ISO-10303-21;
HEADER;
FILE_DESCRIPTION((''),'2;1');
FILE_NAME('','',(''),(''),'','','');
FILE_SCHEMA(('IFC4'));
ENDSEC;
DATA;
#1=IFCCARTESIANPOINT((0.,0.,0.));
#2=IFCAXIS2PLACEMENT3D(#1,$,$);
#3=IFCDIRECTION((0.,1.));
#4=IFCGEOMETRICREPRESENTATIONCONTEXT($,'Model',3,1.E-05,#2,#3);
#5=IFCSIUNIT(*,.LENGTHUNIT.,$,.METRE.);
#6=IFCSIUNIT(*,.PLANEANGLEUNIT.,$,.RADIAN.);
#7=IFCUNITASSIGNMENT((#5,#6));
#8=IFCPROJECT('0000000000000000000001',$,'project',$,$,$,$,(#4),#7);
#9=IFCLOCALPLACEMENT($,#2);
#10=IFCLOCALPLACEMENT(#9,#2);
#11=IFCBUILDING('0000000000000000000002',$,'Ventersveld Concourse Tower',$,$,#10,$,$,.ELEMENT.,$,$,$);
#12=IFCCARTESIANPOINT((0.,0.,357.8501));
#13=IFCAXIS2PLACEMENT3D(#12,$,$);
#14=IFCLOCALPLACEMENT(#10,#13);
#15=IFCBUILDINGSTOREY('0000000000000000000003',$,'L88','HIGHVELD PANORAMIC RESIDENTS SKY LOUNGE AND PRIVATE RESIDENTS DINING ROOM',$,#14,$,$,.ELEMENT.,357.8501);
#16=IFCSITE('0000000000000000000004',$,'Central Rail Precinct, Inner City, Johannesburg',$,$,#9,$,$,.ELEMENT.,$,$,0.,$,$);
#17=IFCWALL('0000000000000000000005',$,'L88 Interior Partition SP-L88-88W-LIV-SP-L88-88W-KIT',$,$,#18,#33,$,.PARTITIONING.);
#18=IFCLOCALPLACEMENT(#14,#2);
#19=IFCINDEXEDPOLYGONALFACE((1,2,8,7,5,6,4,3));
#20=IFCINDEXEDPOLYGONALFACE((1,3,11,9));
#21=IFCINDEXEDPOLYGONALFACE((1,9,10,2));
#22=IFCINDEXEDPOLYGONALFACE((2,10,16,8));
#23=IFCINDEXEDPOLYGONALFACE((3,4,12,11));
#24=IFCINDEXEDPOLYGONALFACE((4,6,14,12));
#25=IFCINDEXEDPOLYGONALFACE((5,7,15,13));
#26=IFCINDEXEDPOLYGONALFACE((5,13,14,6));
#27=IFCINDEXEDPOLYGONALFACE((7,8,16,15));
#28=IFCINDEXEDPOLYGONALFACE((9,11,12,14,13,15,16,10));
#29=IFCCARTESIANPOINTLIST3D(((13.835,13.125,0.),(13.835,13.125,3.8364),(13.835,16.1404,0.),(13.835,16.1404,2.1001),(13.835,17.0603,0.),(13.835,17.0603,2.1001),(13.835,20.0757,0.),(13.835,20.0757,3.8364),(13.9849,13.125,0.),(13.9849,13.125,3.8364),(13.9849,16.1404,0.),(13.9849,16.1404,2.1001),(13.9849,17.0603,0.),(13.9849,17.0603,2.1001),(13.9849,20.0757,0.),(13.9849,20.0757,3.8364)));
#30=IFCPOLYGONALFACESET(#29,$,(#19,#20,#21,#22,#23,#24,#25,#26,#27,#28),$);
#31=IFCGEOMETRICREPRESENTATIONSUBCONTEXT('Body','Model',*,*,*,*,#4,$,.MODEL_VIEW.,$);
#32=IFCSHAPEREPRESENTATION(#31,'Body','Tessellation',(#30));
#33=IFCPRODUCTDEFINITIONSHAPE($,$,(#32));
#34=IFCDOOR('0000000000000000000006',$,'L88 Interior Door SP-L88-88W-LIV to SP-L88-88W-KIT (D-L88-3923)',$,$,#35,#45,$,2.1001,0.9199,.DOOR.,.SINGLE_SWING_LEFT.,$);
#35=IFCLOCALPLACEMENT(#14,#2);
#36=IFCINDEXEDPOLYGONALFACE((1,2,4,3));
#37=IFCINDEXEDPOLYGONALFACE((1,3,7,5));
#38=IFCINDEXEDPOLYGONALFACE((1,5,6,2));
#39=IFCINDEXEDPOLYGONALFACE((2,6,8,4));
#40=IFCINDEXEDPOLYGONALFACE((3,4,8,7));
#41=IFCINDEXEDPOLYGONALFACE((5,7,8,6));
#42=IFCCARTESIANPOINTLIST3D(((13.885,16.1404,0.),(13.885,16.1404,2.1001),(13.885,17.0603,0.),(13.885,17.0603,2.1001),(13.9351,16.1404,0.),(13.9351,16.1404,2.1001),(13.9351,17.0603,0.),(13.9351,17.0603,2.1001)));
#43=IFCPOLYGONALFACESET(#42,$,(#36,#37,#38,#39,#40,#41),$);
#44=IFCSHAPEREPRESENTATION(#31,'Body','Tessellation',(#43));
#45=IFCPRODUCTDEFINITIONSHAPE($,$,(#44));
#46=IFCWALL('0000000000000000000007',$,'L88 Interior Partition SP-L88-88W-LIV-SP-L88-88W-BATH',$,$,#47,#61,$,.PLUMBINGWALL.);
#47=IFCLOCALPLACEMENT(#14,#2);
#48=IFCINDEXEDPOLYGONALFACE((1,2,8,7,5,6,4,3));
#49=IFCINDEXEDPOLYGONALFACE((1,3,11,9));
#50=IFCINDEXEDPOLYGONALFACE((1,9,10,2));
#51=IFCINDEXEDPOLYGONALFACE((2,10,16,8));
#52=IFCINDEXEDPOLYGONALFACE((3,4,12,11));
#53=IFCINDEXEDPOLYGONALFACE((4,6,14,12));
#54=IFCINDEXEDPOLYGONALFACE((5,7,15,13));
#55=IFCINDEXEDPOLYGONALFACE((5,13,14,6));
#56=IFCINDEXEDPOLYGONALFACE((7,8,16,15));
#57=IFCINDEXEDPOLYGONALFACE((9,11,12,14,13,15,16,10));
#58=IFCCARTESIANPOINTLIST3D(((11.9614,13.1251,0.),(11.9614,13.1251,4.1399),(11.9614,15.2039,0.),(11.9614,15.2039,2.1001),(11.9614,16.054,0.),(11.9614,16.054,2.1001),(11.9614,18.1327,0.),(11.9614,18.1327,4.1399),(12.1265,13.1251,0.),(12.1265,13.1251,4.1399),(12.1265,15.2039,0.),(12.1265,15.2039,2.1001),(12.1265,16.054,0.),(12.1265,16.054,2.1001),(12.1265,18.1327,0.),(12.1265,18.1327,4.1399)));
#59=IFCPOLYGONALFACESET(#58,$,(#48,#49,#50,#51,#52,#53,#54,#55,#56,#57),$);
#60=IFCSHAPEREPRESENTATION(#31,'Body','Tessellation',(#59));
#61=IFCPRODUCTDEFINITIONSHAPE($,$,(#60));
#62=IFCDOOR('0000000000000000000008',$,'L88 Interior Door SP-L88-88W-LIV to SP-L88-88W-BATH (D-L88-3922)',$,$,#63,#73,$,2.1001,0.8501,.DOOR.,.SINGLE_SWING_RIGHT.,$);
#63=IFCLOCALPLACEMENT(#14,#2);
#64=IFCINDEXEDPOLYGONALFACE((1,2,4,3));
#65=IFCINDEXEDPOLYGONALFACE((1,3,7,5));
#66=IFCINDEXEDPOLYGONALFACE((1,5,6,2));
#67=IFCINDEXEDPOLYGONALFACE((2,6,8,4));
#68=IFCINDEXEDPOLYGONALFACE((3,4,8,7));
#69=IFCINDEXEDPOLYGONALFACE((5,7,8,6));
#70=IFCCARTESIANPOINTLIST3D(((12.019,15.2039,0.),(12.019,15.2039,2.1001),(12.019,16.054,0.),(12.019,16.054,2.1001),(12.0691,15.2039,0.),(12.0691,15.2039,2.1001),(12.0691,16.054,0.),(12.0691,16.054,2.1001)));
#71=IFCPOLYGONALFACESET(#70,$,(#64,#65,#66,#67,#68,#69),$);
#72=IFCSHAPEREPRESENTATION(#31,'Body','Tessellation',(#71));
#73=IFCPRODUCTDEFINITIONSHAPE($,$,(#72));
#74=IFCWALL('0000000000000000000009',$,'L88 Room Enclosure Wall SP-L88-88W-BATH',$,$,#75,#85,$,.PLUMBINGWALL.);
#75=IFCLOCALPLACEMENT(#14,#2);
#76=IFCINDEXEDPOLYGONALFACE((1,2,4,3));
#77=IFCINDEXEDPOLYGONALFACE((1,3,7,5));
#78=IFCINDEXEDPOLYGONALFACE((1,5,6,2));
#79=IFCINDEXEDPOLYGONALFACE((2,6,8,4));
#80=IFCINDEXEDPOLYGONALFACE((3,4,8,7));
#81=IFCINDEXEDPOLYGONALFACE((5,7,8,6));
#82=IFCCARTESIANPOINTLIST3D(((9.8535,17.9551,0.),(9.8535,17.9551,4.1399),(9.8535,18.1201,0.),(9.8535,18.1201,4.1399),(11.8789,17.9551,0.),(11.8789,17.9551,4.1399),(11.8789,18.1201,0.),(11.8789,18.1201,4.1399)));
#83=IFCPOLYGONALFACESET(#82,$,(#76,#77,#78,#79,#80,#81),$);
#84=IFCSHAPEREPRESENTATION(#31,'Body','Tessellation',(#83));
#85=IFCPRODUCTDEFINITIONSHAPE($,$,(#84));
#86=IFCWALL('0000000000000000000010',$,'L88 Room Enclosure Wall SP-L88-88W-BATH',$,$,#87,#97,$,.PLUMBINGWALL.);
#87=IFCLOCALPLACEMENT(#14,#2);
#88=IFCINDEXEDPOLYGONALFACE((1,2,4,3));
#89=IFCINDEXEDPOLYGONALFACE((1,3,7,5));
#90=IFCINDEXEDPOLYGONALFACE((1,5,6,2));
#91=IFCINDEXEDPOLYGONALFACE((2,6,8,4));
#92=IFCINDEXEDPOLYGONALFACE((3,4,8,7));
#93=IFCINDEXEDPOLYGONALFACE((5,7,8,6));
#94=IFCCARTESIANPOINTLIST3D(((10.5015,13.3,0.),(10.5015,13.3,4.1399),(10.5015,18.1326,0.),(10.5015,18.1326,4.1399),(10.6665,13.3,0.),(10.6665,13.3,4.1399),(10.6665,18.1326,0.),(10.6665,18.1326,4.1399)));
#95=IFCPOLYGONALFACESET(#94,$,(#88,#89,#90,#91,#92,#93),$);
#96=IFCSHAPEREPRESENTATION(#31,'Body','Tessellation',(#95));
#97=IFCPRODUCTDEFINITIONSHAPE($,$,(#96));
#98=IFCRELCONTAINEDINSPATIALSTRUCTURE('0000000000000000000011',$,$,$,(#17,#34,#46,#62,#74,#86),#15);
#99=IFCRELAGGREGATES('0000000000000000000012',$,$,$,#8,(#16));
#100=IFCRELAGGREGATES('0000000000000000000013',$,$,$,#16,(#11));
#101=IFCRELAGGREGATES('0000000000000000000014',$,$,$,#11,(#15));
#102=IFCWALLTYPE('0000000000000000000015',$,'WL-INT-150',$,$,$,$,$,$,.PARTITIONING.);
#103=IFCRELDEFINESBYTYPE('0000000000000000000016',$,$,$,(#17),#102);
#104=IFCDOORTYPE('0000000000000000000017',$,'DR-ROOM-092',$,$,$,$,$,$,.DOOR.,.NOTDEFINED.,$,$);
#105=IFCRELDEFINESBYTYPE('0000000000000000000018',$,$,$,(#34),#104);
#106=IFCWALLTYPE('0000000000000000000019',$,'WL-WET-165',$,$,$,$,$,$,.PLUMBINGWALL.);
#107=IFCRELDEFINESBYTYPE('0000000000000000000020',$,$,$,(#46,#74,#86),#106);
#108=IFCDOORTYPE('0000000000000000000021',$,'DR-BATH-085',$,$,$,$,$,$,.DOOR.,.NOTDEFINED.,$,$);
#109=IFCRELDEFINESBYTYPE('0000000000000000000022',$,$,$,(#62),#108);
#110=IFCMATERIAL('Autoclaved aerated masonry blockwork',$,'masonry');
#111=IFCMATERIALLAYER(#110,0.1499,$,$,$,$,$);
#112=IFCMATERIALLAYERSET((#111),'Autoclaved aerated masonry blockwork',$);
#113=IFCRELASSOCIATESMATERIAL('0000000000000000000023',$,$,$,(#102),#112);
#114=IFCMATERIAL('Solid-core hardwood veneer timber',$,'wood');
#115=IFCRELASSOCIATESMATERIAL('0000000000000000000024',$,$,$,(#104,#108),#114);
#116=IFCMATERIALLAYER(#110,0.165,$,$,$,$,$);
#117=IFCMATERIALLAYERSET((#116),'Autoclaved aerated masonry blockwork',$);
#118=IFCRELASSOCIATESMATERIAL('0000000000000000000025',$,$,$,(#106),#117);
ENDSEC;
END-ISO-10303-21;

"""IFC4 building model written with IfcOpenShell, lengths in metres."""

from ifc_helpers import new_model, si_unit, direction, frame, frame_2d, origin, place, context, subcontext, project, spatial, rectangle, extrude, material, layer, layer_set, type_object, element, fill, save


model = new_model("IFC4")

# Units and contexts
model_context = context("Model", 3, precision=1e-05, world=origin(), true_north=direction((0.0, 1.0)))
body_context = subcontext(model_context, "Body", "Model", "MODEL_VIEW")
ifc_project = project(units=[si_unit("LENGTHUNIT", "METRE"), si_unit("PLANEANGLEUNIT", "RADIAN")], contexts=[model_context])

# Site, building, storey
site_placement = place(None, origin())
site = spatial("IfcSite", under=ifc_project, at=site_placement, Name="Central Rail Precinct, Inner City, Johannesburg", CompositionType="ELEMENT", RefElevation=0.0)
building_placement = place(site_placement, origin())
building = spatial("IfcBuilding", under=site, at=building_placement, Name="Ventersveld Concourse Tower", CompositionType="ELEMENT")
storey_placement = place(building_placement, frame((0.0, 0.0, 357.8501)))
storey = spatial("IfcBuildingStorey", under=building, at=storey_placement, Name="L88", Description="HIGHVELD PANORAMIC RESIDENTS SKY LOUNGE AND PRIVATE RESIDENTS DINING ROOM", CompositionType="ELEMENT", Elevation=357.8501)

# Shared definitions
ifc_material_1 = material(Name="Solid-core hardwood veneer timber", Category="wood")

# Walls, openings, doors
ifc_material_2 = material(Name="Autoclaved aerated masonry blockwork", Category="masonry")
ifc_layer_1 = layer(ifc_material_2, 0.1499)
ifc_layer_set_1 = layer_set([ifc_layer_1], Name="Autoclaved aerated masonry blockwork")
wall_type_1 = type_object("IfcWallType", Name="WL-INT-150", PredefinedType="PARTITIONING", material=ifc_layer_set_1)
wall_1_placement = place(storey_placement, frame((13.9099, 13.125, 0.0), z_axis=(0.0, 0.0, 1.0), x_axis=(0.0, 1.0, 0.0)))
wall_1 = element("IfcWall", 1, at=wall_1_placement, inside=storey, type_object=wall_type_1, Name="L88 Interior Partition SP-L88-88W-LIV-SP-L88-88W-KIT", PredefinedType="PARTITIONING", context=body_context, shape_type="SweptSolid", body=[
    extrude(rectangle(XDim=6.9507, YDim=0.1499, at=frame_2d((3.4753, 0.0))), origin(), (0.0, 0.0, 1.0), 3.8364),
])
opening_1_placement = place(wall_1_placement, frame((3.0154, 0.0, 0.0)))
opening_1 = element("IfcOpeningElement", 2, at=opening_1_placement, cuts=wall_1, PredefinedType="OPENING", context=body_context, shape_type="SweptSolid", body=[
    extrude(rectangle(XDim=0.9199, YDim=2.1001, at=frame_2d((0.46, 1.05))), frame((0.0, 0.085, 0.0), z_axis=(0.0, -1.0, 0.0), x_axis=(1.0, 0.0, 0.0)), (0.0, 0.0, 1.0), 0.1699),
])
door_type_1 = type_object("IfcDoorType", Name="DR-ROOM-092", OperationType="NOTDEFINED", PredefinedType="DOOR", material=ifc_material_1)
door_1_placement = place(opening_1_placement, origin())
door_1 = element("IfcDoor", 3, at=door_1_placement, inside=storey, type_object=door_type_1, Name="L88 Interior Door SP-L88-88W-LIV to SP-L88-88W-KIT (D-L88-3923)", OperationType="SINGLE_SWING_LEFT", OverallHeight=2.1001, OverallWidth=0.9199, PredefinedType="DOOR", context=body_context, shape_type="SweptSolid", body=[
    extrude(rectangle(XDim=0.9199, YDim=2.1001, at=frame_2d((0.46, 1.05))), frame((0.0, 0.0249, 0.0), z_axis=(0.0, -1.0, 0.0), x_axis=(1.0, 0.0, 0.0)), (0.0, 0.0, 1.0), 0.05),
])
fill(opening_1, door_1)
ifc_layer_2 = layer(ifc_material_2, 0.165)
ifc_layer_set_2 = layer_set([ifc_layer_2], Name="Autoclaved aerated masonry blockwork")
wall_type_2 = type_object("IfcWallType", Name="WL-WET-165", PredefinedType="PLUMBINGWALL", material=ifc_layer_set_2)
wall_2_placement = place(storey_placement, frame((12.0439, 13.125, 0.0), z_axis=(0.0, 0.0, 1.0), x_axis=(0.0, 1.0, 0.0)))
wall_2 = element("IfcWall", 4, at=wall_2_placement, inside=storey, type_object=wall_type_2, Name="L88 Interior Partition SP-L88-88W-LIV-SP-L88-88W-BATH", PredefinedType="PLUMBINGWALL", context=body_context, shape_type="SweptSolid", body=[
    extrude(rectangle(XDim=5.0076, YDim=0.165, at=frame_2d((2.5039, 0.0))), origin(), (0.0, 0.0, 1.0), 4.1399),
])
opening_2_placement = place(wall_2_placement, frame((2.0789, 0.0, 0.0)))
opening_2 = element("IfcOpeningElement", 5, at=opening_2_placement, cuts=wall_2, PredefinedType="OPENING", context=body_context, shape_type="SweptSolid", body=[
    extrude(rectangle(XDim=0.8501, YDim=2.1001, at=frame_2d((0.425, 1.05))), frame((0.0, 0.0925, 0.0), z_axis=(0.0, -1.0, 0.0), x_axis=(1.0, 0.0, 0.0)), (0.0, 0.0, 1.0), 0.1851),
])
door_type_2 = type_object("IfcDoorType", Name="DR-BATH-085", OperationType="NOTDEFINED", PredefinedType="DOOR", material=ifc_material_1)
door_2_placement = place(opening_2_placement, origin())
door_2 = element("IfcDoor", 6, at=door_2_placement, inside=storey, type_object=door_type_2, Name="L88 Interior Door SP-L88-88W-LIV to SP-L88-88W-BATH (D-L88-3922)", OperationType="SINGLE_SWING_RIGHT", OverallHeight=2.1001, OverallWidth=0.8501, PredefinedType="DOOR", context=body_context, shape_type="SweptSolid", body=[
    extrude(rectangle(XDim=0.8501, YDim=2.1001, at=frame_2d((0.425, 1.05))), frame((0.0, 0.0249, 0.0), z_axis=(0.0, -1.0, 0.0), x_axis=(1.0, 0.0, 0.0)), (0.0, 0.0, 1.0), 0.05),
])
fill(opening_2, door_2)

# Walls
wall_3_placement = place(storey_placement, frame((9.8535, 18.0376, 0.0), z_axis=(0.0, 0.0, 1.0), x_axis=(1.0, 0.0, 0.0)))
element("IfcWall", 7, at=wall_3_placement, inside=storey, type_object=wall_type_2, Name="L88 Room Enclosure Wall SP-L88-88W-BATH", PredefinedType="PLUMBINGWALL", context=body_context, shape_type="SweptSolid", body=[
    extrude(rectangle(XDim=2.0254, YDim=0.165, at=frame_2d((1.0127, 0.0))), origin(), (0.0, 0.0, 1.0), 4.1399),
])
wall_4_placement = place(storey_placement, frame((10.584, 13.3, 0.0), z_axis=(0.0, 0.0, 1.0), x_axis=(0.0, 1.0, 0.0)))
element("IfcWall", 8, at=wall_4_placement, inside=storey, type_object=wall_type_2, Name="L88 Room Enclosure Wall SP-L88-88W-BATH", PredefinedType="PLUMBINGWALL", context=body_context, shape_type="SweptSolid", body=[
    extrude(rectangle(XDim=4.8325, YDim=0.165, at=frame_2d((2.4163, 0.0))), origin(), (0.0, 0.0, 1.0), 4.1399),
])

save(model, "model.ifc")
